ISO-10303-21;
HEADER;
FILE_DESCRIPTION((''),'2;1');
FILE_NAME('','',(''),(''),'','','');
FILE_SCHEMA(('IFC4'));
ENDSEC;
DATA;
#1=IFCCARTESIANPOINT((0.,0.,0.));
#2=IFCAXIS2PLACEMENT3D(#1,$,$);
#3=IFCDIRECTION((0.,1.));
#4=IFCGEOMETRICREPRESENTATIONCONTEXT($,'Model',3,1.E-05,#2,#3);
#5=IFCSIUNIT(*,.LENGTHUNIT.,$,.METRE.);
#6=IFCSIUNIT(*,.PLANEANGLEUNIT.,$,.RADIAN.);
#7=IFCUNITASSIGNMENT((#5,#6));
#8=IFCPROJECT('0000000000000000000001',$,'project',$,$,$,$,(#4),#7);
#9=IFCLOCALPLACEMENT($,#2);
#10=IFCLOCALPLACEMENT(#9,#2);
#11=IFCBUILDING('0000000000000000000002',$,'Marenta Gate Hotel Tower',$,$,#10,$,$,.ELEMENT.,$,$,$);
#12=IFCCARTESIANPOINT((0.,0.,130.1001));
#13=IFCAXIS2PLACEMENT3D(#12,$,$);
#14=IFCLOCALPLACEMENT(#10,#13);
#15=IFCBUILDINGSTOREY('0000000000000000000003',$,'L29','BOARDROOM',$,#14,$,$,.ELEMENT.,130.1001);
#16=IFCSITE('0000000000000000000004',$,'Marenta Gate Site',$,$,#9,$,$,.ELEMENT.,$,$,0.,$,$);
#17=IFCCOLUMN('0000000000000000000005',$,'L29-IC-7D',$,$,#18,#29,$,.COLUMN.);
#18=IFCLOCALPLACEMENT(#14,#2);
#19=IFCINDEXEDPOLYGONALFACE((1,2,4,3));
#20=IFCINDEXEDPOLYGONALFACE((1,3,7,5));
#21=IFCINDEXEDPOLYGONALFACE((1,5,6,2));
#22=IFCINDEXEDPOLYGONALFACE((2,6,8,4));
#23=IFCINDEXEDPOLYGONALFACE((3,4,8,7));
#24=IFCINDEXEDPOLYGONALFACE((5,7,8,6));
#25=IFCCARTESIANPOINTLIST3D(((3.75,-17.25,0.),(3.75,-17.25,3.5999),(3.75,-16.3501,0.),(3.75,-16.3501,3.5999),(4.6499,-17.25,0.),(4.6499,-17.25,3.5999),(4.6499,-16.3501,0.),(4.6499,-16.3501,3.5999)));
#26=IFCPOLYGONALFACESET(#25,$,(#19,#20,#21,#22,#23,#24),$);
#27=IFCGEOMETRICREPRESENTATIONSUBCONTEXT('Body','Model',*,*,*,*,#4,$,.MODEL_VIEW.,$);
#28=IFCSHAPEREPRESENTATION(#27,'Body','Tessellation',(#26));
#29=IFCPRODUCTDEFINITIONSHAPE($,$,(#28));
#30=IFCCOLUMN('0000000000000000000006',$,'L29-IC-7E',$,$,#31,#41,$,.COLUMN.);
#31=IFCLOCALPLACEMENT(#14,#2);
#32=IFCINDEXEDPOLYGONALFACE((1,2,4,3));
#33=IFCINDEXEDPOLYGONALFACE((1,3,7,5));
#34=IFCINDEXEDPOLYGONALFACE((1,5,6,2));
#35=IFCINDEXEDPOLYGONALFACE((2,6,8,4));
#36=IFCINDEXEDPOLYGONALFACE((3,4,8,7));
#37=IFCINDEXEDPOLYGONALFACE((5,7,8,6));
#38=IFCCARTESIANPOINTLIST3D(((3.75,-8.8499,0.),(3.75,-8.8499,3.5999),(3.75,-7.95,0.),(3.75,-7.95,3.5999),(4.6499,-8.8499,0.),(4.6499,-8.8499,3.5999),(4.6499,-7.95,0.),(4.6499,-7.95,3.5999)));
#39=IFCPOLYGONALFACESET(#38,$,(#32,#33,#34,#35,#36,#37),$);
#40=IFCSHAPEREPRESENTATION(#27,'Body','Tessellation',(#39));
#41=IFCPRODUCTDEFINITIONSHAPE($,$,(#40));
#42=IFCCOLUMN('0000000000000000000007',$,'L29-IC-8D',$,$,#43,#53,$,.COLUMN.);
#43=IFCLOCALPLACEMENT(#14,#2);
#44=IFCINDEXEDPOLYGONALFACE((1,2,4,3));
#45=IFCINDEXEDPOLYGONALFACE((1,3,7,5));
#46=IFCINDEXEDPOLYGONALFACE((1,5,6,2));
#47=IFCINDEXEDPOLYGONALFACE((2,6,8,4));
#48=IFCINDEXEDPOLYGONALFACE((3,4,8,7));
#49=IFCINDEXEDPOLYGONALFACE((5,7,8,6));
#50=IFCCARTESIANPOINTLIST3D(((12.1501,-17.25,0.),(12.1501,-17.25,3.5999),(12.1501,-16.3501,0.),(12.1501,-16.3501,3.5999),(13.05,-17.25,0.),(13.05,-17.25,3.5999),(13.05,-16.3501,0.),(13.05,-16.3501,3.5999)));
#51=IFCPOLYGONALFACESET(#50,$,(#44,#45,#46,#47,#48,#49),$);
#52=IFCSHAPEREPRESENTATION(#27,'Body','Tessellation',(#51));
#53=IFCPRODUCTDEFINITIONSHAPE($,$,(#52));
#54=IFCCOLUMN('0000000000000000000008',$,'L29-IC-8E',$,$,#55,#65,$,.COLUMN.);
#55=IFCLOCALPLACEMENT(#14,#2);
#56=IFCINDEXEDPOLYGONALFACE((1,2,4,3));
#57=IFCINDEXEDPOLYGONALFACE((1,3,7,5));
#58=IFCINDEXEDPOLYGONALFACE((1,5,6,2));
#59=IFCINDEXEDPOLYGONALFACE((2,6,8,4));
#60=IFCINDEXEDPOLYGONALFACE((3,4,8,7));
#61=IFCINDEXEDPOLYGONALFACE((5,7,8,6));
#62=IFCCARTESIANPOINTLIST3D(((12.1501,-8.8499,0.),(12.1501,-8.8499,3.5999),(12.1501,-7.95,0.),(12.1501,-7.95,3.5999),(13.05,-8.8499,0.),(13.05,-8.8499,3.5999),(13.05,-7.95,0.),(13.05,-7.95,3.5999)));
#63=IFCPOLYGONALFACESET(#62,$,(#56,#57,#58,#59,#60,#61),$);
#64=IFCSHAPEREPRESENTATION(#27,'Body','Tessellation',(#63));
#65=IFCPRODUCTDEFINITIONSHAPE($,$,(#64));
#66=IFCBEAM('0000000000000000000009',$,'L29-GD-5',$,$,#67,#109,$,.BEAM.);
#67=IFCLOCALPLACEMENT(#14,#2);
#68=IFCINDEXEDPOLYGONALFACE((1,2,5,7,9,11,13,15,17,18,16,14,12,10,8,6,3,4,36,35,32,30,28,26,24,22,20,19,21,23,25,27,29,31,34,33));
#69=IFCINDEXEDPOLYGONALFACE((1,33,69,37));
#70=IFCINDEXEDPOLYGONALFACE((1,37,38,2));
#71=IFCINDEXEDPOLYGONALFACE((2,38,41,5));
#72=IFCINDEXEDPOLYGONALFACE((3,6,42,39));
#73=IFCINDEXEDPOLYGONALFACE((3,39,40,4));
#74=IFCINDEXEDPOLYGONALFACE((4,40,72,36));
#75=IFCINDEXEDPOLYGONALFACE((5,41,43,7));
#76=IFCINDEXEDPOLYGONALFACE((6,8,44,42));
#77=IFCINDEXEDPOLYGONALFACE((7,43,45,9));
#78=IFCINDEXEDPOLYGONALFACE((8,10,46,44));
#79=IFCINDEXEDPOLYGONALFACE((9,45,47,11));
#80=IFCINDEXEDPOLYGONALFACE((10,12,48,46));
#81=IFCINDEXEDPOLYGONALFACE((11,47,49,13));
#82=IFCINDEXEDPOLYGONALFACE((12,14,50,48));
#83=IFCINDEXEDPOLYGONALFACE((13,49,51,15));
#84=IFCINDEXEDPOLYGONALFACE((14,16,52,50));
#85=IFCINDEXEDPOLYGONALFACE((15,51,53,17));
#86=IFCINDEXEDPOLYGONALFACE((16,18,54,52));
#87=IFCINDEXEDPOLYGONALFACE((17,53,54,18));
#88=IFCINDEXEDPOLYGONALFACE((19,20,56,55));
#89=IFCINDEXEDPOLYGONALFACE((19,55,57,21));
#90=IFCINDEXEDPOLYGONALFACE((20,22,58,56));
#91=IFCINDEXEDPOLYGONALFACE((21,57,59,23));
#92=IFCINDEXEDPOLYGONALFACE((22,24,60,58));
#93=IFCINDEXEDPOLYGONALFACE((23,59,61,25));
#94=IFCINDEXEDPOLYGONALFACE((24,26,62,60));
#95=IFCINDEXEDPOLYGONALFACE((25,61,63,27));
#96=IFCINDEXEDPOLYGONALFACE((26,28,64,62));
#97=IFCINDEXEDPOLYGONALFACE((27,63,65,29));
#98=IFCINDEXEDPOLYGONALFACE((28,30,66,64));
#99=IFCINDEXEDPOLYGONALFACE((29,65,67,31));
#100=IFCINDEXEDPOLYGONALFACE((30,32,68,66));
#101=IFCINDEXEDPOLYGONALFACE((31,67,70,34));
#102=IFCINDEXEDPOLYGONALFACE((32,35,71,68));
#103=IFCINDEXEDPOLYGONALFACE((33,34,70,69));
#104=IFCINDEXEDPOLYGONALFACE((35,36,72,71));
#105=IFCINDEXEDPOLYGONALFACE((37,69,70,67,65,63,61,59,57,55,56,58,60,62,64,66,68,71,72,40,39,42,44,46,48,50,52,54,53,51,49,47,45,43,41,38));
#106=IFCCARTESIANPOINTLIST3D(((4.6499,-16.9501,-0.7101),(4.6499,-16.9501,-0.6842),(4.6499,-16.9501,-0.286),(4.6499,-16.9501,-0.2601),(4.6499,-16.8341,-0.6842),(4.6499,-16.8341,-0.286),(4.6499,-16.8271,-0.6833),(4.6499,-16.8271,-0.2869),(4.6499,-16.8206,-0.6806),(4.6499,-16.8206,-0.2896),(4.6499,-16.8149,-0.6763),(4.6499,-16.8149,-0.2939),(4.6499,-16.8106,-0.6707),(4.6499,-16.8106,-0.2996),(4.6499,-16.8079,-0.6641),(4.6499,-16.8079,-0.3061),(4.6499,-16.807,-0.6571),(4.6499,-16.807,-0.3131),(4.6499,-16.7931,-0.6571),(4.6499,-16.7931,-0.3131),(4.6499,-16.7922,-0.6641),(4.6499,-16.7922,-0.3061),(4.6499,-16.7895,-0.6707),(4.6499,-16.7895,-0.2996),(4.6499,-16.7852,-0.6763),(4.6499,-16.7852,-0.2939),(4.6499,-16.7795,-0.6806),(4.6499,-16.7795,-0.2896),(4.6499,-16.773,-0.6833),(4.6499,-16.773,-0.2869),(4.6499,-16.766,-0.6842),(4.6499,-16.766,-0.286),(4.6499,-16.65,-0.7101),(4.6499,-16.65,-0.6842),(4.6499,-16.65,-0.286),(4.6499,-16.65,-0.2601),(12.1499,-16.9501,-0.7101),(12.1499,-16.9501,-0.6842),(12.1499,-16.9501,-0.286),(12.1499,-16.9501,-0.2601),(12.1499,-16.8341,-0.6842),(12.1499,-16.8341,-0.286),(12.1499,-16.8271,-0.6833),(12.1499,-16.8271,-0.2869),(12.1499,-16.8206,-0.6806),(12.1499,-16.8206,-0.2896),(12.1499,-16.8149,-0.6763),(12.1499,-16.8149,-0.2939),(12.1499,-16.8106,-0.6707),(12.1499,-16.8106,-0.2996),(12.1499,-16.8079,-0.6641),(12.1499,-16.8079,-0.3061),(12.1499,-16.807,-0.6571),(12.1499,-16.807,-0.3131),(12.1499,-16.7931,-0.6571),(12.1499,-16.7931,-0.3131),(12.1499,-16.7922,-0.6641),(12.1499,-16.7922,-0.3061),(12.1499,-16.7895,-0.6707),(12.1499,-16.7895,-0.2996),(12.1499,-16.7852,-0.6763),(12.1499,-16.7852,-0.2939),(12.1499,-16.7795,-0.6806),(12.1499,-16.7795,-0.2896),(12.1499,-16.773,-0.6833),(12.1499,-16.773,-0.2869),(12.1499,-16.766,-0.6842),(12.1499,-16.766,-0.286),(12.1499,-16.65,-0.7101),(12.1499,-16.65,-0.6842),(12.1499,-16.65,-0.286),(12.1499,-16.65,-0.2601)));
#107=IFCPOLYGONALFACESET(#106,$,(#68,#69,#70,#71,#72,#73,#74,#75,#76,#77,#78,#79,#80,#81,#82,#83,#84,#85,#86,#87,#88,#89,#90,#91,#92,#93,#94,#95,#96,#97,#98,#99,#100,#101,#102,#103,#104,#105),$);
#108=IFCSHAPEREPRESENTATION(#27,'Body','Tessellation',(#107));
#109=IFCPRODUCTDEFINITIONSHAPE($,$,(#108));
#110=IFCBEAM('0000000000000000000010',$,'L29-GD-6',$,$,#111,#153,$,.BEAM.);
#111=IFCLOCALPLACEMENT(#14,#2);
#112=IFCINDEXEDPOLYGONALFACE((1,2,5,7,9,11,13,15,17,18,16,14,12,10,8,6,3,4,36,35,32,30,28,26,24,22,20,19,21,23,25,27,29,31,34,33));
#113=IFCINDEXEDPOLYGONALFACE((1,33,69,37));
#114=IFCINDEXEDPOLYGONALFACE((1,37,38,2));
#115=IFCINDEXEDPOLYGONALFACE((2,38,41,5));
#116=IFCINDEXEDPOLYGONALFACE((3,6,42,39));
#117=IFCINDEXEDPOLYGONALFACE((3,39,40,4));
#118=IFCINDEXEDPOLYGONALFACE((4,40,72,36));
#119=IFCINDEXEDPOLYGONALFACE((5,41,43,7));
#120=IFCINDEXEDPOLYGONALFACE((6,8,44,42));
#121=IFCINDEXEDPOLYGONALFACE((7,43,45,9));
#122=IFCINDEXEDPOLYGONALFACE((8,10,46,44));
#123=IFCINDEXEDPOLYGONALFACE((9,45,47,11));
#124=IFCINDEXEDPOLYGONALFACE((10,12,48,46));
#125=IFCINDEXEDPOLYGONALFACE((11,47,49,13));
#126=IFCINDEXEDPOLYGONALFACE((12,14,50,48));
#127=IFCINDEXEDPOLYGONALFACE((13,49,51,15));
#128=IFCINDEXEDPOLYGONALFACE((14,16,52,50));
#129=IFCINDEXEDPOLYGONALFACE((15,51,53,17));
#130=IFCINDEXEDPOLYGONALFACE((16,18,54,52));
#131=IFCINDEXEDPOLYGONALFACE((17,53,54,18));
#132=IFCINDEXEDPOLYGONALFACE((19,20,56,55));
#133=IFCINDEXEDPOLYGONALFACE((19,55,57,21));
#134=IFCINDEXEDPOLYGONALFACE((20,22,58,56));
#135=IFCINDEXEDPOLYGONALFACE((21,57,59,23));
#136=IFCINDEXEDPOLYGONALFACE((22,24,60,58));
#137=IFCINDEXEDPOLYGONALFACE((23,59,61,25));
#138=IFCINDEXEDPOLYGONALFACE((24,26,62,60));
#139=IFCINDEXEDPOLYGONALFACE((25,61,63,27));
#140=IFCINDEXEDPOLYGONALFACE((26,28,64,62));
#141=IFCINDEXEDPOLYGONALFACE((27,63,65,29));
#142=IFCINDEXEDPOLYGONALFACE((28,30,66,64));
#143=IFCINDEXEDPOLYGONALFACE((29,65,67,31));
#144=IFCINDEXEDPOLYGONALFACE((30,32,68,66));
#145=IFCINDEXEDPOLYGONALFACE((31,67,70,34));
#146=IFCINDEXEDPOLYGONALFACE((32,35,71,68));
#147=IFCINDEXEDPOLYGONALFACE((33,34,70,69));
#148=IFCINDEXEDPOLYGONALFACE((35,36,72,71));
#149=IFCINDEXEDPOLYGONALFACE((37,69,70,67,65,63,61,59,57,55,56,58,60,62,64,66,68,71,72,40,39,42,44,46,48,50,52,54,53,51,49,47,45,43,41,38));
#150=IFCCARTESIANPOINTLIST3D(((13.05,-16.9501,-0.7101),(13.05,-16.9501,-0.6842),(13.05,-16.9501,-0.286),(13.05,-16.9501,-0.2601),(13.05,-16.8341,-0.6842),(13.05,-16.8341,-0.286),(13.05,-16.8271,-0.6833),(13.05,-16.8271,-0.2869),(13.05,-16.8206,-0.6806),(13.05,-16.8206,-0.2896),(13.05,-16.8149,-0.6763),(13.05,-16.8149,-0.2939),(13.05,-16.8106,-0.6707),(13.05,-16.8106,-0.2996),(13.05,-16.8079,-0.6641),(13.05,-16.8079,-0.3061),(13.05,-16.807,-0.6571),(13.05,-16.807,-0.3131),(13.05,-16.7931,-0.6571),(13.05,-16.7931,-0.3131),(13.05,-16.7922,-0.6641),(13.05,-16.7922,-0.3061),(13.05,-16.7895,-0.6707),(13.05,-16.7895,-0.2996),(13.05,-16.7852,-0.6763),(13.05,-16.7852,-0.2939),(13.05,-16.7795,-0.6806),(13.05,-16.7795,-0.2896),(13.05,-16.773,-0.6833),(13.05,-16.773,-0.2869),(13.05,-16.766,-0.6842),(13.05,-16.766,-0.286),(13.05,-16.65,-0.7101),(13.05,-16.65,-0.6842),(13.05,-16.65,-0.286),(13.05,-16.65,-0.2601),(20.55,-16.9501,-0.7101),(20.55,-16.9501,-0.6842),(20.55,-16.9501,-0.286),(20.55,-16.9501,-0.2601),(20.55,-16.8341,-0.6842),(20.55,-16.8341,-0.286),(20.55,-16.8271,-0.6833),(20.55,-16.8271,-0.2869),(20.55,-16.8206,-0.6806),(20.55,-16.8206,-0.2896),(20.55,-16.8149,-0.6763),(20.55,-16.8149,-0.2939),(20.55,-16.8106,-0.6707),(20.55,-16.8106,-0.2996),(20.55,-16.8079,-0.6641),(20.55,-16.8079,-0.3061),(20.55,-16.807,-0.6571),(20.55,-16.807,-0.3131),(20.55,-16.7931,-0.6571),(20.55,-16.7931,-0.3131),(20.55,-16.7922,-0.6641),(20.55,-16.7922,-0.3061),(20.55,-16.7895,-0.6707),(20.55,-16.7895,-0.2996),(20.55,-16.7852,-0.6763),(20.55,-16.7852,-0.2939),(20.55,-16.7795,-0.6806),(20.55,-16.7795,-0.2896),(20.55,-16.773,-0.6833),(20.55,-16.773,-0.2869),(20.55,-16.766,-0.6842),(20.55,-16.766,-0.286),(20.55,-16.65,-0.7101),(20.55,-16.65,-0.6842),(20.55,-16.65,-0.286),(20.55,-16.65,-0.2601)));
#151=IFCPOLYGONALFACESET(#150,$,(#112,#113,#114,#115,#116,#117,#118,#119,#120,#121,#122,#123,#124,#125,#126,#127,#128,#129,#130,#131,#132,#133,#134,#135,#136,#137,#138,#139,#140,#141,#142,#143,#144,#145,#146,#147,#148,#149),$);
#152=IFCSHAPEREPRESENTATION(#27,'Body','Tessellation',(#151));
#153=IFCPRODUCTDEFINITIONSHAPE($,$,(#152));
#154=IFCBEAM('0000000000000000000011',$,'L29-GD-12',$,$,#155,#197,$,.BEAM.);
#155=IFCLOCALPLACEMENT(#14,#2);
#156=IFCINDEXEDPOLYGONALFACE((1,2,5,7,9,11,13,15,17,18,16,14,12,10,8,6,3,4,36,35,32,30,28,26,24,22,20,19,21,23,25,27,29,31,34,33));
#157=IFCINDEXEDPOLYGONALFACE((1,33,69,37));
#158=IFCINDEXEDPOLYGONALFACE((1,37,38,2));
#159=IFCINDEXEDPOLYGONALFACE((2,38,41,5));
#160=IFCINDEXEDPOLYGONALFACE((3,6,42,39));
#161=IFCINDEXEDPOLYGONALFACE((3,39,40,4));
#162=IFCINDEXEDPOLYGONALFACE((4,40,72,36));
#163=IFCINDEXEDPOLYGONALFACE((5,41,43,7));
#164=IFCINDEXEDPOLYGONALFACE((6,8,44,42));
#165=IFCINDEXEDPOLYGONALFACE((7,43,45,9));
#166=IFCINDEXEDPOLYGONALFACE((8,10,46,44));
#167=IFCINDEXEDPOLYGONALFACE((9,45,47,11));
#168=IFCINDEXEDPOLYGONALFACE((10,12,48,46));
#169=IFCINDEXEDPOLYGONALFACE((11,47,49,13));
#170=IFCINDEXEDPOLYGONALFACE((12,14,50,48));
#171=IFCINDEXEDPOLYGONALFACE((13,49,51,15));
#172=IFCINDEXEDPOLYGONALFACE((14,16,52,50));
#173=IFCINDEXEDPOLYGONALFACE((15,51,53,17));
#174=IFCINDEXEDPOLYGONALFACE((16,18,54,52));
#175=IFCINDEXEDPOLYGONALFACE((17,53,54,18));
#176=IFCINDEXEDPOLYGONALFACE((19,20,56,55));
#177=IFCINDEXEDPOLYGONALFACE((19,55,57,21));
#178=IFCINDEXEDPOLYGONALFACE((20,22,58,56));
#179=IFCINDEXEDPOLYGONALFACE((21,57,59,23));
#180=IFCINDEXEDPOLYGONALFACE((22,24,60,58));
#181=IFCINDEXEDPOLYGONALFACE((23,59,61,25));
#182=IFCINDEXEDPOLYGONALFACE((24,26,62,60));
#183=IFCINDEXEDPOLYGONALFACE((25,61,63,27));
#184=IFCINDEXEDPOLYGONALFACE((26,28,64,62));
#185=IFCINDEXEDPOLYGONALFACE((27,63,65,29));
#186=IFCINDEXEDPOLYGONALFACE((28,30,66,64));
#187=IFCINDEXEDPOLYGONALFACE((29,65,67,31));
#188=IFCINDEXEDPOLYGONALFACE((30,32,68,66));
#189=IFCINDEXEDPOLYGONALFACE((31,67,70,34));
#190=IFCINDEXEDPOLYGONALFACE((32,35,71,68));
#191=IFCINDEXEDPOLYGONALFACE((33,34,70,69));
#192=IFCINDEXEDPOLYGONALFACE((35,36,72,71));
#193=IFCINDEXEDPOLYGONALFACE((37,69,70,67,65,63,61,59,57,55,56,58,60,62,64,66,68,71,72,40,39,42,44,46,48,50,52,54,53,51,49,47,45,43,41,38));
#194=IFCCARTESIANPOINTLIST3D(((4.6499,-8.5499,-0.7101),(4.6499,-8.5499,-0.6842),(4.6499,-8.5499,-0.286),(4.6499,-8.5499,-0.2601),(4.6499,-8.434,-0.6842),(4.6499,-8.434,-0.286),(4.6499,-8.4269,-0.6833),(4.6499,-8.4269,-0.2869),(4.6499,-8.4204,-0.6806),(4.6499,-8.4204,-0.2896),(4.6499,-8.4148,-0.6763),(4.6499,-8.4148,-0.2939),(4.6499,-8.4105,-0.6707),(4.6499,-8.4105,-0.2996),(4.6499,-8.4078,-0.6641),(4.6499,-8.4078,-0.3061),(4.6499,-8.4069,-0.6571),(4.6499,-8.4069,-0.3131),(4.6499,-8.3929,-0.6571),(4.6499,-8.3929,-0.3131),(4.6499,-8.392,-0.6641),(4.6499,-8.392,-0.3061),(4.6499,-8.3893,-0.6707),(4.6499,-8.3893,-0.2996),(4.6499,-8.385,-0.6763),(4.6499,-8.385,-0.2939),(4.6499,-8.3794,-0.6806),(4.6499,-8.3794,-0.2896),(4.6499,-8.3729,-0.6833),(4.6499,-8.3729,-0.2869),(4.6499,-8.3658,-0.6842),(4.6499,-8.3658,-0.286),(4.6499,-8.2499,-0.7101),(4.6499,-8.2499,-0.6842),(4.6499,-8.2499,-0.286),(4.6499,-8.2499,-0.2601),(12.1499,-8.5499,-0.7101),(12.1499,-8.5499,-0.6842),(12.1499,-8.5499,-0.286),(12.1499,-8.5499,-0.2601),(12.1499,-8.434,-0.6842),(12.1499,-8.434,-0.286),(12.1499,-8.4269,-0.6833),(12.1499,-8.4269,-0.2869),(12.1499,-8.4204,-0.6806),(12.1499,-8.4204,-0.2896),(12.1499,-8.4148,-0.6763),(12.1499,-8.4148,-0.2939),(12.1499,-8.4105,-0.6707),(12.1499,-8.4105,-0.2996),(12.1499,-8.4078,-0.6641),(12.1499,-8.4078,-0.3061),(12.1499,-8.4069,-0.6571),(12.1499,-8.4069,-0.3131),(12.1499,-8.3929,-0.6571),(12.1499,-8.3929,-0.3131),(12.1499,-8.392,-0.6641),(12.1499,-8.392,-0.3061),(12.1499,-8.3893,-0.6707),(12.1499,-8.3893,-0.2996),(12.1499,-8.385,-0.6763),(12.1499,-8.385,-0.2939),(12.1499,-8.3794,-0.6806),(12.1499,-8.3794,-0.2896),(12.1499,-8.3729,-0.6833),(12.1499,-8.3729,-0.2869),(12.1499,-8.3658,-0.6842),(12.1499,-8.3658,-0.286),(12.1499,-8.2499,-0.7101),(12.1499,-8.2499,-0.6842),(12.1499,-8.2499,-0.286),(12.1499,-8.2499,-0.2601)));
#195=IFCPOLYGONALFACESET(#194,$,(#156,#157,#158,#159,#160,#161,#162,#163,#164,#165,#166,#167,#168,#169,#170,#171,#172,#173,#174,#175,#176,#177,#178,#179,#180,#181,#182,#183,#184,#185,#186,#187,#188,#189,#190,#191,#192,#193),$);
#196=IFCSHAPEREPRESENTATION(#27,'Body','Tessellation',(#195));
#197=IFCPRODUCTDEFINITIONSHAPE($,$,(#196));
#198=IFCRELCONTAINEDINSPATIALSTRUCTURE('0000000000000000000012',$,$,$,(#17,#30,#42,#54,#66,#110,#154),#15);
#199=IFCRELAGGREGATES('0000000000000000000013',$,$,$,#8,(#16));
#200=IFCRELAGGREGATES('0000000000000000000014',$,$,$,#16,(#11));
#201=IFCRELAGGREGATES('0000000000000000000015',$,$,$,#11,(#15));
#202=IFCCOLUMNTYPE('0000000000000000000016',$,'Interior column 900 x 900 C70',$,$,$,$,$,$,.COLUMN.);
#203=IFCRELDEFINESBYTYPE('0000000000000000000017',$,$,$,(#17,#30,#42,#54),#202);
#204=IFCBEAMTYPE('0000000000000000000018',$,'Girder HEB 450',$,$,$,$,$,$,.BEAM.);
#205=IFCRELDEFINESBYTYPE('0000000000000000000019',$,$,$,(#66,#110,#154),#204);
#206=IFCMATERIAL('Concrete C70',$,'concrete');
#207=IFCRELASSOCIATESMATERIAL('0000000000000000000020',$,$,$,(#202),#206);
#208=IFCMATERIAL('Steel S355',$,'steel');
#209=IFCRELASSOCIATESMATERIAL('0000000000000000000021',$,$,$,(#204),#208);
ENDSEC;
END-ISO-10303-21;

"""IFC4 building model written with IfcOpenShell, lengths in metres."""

from ifc_helpers import new_model, si_unit, direction, frame, origin, origin_2d, place, context, subcontext, project, spatial, rectangle, i_section, extrude, material, material_profile, profile_set, type_object, element, save


model = new_model("IFC4")

# Units and contexts
model_context = context("Model", 3, precision=1e-05, world=origin(), true_north=direction((0.0, 1.0)))
body_context = subcontext(model_context, "Body", "Model", "MODEL_VIEW")
ifc_project = project(units=[si_unit("LENGTHUNIT", "METRE"), si_unit("PLANEANGLEUNIT", "RADIAN")], contexts=[model_context])

# Site, building, storey
site_placement = place(None, origin())
site = spatial("IfcSite", under=ifc_project, at=site_placement, Name="Marenta Gate Site", CompositionType="ELEMENT", RefElevation=0.0)
building_placement = place(site_placement, origin())
building = spatial("IfcBuilding", under=site, at=building_placement, Name="Marenta Gate Hotel Tower", CompositionType="ELEMENT")
storey_placement = place(building_placement, frame((0.0, 0.0, 130.1001)))
storey = spatial("IfcBuildingStorey", under=building, at=storey_placement, Name="L29", Description="BOARDROOM", CompositionType="ELEMENT", Elevation=130.1001)

# Columns
ifc_material_1 = material(Name="Concrete C70", Category="concrete")
ifc_material_profile_1 = material_profile(ifc_material_1, rectangle(XDim=0.8999, YDim=0.8999, at=origin_2d()), Name="900 x 900")
ifc_profile_set_1 = profile_set([ifc_material_profile_1], Name="Concrete C70")
column_type = type_object("IfcColumnType", Name="Interior column 900 x 900 C70", PredefinedType="COLUMN", material=ifc_profile_set_1)
for number, where, z_axis, x_axis, name in (
    (1, (4.2, -16.8, 0.0), (0.0, 0.0, 1.0), (1.0, 0.0, 0.0), "L29-IC-7D"),
    (2, (4.2, -8.3999, 0.0), (0.0, 0.0, 1.0), (1.0, 0.0, 0.0), "L29-IC-7E"),
    (3, (12.6001, -16.8, 0.0), (0.0, 0.0, 1.0), (1.0, 0.0, 0.0), "L29-IC-8D"),
    (4, (12.6001, -8.3999, 0.0), (0.0, 0.0, 1.0), (1.0, 0.0, 0.0), "L29-IC-8E"),
):
    element("IfcColumn", number, at=place(storey_placement, frame(where, z_axis=z_axis, x_axis=x_axis)), inside=storey, type_object=column_type, Name=name, PredefinedType="COLUMN", context=body_context, shape_type="SweptSolid", body=[
        extrude(rectangle(XDim=0.8999, YDim=0.8999, at=origin_2d()), origin(), (0.0, 0.0, 1.0), 3.5999),
    ])

# Beams
ifc_material_2 = material(Name="Steel S355", Category="steel")
ifc_material_profile_2 = material_profile(ifc_material_2, i_section(OverallWidth=0.3, OverallDepth=0.45, WebThickness=0.0139, FlangeThickness=0.0259, FilletRadius=0.0271, at=origin_2d()), Name="HEB 450")
ifc_profile_set_2 = profile_set([ifc_material_profile_2], Name="Steel S355")
beam_type = type_object("IfcBeamType", Name="Girder HEB 450", PredefinedType="BEAM", material=ifc_profile_set_2)
for number, where, z_axis, x_axis, name in (
    (5, (4.6499, -16.8, -0.4851), (1.0, 0.0, 0.0), (0.0, 1.0, 0.0), "L29-GD-5"),
    (6, (13.05, -16.8, -0.4851), (1.0, 0.0, 0.0), (0.0, 1.0, 0.0), "L29-GD-6"),
    (7, (4.6499, -8.3999, -0.4851), (1.0, 0.0, 0.0), (0.0, 1.0, 0.0), "L29-GD-12"),
):
    element("IfcBeam", number, at=place(storey_placement, frame(where, z_axis=z_axis, x_axis=x_axis)), inside=storey, type_object=beam_type, Name=name, PredefinedType="BEAM", context=body_context, shape_type="SweptSolid", body=[
        extrude(i_section(OverallWidth=0.3, OverallDepth=0.45, WebThickness=0.0139, FlangeThickness=0.0259, FilletRadius=0.0271, at=origin_2d()), origin(), (0.0, 0.0, 1.0), 7.5),
    ])

save(model, "model.ifc")
